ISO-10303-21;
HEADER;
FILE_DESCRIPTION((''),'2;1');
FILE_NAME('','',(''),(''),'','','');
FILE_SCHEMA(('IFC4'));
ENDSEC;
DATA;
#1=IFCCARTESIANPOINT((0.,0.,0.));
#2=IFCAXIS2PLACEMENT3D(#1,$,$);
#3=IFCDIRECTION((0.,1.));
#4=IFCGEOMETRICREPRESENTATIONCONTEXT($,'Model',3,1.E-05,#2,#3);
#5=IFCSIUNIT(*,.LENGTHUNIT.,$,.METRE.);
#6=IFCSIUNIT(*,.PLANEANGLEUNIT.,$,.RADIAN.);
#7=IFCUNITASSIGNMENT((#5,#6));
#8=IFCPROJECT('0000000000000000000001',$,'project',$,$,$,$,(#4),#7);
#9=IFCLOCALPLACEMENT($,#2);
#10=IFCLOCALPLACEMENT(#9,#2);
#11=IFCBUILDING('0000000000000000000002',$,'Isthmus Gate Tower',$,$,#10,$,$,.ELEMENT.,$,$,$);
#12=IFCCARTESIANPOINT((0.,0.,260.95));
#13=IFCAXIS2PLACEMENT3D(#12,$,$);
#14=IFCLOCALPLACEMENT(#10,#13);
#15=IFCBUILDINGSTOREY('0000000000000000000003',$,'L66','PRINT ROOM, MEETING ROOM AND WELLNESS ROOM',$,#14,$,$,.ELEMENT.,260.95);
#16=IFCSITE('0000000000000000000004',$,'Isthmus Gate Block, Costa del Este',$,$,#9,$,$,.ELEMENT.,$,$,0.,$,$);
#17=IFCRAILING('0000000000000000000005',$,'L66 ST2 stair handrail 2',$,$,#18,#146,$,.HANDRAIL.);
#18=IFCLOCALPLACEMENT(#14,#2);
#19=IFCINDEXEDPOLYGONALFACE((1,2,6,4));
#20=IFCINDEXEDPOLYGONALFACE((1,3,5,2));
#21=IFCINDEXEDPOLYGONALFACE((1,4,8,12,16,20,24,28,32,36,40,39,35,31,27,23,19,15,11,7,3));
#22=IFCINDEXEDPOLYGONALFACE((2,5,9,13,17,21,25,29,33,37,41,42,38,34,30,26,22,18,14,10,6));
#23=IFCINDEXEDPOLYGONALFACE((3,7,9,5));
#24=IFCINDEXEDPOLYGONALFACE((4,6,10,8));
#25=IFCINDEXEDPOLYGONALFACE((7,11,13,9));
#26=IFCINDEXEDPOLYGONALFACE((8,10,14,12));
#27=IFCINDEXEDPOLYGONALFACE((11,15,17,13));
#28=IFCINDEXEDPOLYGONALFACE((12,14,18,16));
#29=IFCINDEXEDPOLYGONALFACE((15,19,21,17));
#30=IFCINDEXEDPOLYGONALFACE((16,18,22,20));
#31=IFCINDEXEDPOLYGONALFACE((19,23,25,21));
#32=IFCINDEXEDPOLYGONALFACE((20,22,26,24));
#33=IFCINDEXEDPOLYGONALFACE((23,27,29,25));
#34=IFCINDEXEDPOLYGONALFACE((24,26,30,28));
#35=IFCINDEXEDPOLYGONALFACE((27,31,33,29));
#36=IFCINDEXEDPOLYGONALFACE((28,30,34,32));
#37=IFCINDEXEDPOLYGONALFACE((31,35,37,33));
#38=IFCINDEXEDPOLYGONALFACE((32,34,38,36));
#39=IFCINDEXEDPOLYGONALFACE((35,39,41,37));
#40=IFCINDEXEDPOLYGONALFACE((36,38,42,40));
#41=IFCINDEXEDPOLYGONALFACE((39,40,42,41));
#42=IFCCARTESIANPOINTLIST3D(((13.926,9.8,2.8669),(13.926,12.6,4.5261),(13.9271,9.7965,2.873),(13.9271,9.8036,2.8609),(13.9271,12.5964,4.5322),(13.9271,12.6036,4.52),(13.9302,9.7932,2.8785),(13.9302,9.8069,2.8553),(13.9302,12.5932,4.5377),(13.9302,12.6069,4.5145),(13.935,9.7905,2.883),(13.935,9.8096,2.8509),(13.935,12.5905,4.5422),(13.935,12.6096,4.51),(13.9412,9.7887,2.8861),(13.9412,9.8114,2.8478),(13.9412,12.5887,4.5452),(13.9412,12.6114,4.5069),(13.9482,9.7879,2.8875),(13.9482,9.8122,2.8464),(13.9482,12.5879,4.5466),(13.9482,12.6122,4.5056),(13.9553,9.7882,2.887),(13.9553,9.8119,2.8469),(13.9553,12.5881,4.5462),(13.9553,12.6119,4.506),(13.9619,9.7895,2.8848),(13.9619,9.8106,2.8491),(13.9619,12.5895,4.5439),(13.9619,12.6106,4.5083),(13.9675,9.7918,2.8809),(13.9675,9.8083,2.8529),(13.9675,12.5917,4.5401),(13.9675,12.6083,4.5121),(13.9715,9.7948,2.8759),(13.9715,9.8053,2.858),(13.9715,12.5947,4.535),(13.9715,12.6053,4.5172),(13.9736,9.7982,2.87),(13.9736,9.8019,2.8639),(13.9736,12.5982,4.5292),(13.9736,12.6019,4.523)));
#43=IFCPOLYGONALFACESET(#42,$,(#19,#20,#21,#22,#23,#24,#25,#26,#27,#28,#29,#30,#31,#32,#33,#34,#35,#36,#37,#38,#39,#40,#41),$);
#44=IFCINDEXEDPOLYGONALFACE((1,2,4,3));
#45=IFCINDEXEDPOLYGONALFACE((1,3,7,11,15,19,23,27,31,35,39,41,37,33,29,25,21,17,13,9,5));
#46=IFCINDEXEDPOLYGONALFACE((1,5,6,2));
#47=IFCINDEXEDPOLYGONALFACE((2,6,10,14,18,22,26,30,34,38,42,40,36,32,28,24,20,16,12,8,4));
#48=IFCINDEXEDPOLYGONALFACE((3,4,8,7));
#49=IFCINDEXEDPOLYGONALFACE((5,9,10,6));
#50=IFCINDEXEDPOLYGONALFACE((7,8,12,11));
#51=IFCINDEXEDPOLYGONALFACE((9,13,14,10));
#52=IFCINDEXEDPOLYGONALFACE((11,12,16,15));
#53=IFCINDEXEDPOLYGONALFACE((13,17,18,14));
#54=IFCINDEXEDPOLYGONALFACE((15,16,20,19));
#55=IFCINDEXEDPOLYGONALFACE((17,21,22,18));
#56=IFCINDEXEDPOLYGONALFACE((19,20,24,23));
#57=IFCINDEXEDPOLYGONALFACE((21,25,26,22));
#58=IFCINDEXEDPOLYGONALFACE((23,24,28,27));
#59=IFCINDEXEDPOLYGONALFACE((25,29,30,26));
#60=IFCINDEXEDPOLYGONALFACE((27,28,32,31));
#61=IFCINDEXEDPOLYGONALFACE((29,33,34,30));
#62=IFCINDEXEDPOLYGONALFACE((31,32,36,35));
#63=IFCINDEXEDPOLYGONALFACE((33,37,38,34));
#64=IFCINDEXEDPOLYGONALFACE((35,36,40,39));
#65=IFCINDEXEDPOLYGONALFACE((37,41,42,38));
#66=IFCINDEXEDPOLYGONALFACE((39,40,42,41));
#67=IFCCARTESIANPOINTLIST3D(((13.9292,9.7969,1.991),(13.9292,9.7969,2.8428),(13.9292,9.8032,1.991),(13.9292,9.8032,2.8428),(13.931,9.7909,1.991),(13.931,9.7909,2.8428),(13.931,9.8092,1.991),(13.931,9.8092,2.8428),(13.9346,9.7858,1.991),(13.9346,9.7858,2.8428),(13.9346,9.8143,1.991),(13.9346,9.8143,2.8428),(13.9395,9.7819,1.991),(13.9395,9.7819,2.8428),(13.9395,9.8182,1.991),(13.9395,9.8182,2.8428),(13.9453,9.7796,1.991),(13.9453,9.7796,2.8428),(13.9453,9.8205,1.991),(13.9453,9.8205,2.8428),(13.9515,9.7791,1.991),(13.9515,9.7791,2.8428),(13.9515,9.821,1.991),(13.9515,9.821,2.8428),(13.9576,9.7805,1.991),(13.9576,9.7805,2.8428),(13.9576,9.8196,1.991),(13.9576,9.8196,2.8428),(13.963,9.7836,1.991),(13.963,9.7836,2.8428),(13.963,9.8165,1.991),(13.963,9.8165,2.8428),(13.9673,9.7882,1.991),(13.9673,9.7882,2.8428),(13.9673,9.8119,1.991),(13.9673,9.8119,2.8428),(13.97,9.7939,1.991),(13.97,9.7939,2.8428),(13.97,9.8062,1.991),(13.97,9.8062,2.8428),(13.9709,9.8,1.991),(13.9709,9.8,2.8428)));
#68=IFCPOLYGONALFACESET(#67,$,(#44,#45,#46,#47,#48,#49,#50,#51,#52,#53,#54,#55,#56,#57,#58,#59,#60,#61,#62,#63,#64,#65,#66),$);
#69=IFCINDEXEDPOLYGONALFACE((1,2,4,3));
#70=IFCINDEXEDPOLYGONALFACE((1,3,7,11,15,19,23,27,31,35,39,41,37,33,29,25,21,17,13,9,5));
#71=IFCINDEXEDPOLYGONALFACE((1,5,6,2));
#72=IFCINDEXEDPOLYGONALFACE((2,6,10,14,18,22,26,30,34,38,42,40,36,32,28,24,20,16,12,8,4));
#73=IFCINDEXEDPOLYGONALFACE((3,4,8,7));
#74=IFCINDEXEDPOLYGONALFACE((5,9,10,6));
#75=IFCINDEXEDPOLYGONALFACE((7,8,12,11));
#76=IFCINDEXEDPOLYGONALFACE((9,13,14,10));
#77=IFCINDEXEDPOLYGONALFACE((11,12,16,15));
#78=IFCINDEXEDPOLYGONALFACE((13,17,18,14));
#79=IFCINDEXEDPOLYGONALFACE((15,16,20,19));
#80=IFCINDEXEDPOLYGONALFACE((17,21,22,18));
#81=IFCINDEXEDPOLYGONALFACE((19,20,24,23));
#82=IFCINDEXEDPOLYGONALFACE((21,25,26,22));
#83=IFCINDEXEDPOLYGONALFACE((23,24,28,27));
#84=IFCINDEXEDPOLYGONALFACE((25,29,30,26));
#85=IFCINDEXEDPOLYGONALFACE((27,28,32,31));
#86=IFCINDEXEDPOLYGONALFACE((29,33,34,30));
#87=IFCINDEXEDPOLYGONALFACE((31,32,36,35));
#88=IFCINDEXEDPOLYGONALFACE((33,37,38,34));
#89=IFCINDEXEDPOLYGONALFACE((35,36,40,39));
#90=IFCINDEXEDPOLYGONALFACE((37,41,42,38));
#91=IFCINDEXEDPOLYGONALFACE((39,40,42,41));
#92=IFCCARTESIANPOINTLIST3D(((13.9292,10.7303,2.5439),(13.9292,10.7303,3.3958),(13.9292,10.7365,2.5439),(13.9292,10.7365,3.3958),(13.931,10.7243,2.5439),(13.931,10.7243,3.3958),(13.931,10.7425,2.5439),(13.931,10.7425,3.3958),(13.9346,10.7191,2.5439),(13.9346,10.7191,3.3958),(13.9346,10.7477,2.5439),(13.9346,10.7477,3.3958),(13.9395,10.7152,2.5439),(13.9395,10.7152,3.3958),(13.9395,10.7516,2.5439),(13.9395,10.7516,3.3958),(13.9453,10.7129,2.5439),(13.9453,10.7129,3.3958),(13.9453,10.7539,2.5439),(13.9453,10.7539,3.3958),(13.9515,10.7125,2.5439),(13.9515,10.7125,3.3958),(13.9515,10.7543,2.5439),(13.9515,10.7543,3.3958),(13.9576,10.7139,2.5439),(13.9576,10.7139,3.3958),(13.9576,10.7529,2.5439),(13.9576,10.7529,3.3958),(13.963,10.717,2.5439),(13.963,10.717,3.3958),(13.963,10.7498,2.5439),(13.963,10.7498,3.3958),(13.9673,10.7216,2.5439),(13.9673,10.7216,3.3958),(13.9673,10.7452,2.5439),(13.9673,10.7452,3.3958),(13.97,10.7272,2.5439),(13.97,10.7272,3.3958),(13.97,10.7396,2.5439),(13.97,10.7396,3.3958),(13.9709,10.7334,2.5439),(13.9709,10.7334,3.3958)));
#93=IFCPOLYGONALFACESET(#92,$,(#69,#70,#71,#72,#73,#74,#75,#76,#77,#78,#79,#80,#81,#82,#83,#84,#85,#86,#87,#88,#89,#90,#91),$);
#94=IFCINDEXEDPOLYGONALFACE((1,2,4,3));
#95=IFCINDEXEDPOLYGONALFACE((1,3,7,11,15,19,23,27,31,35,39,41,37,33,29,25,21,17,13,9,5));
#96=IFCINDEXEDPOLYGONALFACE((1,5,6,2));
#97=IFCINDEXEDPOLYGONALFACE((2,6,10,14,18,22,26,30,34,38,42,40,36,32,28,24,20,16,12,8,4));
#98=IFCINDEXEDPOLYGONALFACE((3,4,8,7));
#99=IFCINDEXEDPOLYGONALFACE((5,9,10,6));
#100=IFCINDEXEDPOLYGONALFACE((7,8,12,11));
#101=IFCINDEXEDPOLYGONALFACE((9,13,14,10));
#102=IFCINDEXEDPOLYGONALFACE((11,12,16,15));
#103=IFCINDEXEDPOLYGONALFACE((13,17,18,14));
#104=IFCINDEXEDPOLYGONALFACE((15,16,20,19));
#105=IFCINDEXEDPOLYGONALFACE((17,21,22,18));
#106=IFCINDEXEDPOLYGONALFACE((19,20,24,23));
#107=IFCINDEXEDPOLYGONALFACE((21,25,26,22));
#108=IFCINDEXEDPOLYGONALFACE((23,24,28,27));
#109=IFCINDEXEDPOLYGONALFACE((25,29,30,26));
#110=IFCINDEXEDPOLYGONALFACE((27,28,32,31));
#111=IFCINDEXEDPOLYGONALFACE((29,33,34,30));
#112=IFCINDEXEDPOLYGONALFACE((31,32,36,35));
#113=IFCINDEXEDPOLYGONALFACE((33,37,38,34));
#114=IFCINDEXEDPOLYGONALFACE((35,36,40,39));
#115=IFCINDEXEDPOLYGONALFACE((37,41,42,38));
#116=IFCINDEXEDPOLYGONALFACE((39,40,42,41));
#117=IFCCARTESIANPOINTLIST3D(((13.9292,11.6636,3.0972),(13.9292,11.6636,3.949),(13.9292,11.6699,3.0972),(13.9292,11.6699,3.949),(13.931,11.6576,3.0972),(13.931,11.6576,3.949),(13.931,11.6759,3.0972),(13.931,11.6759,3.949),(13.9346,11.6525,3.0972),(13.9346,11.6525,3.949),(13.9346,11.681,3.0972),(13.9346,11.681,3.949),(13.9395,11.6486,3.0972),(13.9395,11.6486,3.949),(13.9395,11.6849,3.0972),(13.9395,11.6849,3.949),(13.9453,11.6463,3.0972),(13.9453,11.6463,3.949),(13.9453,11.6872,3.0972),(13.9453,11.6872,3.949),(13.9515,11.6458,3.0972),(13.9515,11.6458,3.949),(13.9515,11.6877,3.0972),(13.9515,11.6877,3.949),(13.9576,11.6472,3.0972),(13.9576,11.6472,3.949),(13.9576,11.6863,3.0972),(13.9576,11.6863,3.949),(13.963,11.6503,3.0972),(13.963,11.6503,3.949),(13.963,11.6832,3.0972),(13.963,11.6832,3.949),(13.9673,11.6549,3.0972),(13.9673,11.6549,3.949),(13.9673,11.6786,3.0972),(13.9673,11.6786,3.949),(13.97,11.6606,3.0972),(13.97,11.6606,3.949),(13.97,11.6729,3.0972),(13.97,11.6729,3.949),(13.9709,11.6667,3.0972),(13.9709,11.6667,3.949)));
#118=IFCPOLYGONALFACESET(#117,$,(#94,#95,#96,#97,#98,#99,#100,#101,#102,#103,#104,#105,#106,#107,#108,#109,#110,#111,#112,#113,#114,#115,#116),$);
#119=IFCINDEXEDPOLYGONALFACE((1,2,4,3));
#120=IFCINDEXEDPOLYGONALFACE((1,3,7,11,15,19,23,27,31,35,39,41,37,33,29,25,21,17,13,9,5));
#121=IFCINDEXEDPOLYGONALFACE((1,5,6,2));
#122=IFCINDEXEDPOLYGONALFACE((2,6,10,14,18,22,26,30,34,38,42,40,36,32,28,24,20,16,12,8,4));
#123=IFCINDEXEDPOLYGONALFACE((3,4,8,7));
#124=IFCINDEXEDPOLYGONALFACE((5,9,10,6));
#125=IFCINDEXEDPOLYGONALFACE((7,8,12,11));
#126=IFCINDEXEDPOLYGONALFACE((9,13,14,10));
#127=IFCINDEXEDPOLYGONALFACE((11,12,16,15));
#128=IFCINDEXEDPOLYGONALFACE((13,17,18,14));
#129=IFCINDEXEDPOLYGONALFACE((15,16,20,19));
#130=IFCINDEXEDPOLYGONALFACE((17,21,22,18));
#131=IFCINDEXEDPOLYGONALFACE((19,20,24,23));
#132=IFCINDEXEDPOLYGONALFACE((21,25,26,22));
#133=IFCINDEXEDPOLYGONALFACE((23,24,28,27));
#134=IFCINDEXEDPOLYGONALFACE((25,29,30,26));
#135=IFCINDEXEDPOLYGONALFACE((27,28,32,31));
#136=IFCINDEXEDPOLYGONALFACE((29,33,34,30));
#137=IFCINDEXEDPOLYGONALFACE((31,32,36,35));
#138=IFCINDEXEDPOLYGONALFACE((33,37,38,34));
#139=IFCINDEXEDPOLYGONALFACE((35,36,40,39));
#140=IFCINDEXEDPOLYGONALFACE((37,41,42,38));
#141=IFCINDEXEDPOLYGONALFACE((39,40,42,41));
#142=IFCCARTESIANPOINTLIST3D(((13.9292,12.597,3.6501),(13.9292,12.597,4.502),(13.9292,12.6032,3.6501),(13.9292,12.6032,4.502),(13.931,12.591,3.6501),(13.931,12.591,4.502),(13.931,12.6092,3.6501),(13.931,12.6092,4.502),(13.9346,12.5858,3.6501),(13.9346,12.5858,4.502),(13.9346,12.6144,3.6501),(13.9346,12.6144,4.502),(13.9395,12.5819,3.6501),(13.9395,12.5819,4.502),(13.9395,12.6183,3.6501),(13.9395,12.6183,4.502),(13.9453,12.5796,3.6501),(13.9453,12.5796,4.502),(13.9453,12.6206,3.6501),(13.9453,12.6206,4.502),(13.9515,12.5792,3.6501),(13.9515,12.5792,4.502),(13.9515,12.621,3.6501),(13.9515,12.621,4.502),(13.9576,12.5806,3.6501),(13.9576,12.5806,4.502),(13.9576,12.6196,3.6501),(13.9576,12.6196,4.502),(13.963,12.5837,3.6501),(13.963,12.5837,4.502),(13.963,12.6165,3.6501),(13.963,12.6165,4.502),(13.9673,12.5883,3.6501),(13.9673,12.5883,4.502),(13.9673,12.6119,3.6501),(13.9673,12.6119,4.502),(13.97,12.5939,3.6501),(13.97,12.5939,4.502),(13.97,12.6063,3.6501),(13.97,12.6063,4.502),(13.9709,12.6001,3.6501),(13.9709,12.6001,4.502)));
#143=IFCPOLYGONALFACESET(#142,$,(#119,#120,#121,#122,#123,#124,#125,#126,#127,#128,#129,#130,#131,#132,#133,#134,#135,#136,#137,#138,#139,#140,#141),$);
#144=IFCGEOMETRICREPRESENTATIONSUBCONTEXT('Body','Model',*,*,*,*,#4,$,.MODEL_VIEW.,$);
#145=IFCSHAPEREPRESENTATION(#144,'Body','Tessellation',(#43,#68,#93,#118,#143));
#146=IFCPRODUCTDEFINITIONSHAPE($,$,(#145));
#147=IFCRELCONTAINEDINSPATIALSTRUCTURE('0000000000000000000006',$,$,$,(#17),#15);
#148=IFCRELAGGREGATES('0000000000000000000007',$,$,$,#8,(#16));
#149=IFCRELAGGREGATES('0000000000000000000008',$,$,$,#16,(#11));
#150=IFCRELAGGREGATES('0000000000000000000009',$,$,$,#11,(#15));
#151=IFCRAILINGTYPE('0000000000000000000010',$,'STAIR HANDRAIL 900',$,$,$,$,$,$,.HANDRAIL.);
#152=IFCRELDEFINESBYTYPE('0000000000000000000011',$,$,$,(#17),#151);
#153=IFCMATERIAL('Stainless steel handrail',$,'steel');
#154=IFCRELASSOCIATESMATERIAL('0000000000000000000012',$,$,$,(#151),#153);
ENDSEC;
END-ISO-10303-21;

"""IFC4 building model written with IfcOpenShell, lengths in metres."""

from ifc_helpers import new_model, si_unit, direction, frame, origin, origin_2d, place, context, subcontext, project, spatial, circle, extrude, material, type_object, element, save


model = new_model("IFC4")

# Units and contexts
model_context = context("Model", 3, precision=1e-05, world=origin(), true_north=direction((0.0, 1.0)))
body_context = subcontext(model_context, "Body", "Model", "MODEL_VIEW")
ifc_project = project(units=[si_unit("LENGTHUNIT", "METRE"), si_unit("PLANEANGLEUNIT", "RADIAN")], contexts=[model_context])

# Site, building, storey
site_placement = place(None, origin())
site = spatial("IfcSite", under=ifc_project, at=site_placement, Name="Isthmus Gate Block, Costa del Este", CompositionType="ELEMENT", RefElevation=0.0)
building_placement = place(site_placement, origin())
building = spatial("IfcBuilding", under=site, at=building_placement, Name="Isthmus Gate Tower", CompositionType="ELEMENT")
storey_placement = place(building_placement, frame((0.0, 0.0, 260.95)))
storey = spatial("IfcBuildingStorey", under=building, at=storey_placement, Name="L66", Description="PRINT ROOM, MEETING ROOM AND WELLNESS ROOM", CompositionType="ELEMENT", Elevation=260.95)

# Railing
ifc_material_1 = material(Name="Stainless steel handrail", Category="steel")
railing_type_1 = type_object("IfcRailingType", Name="STAIR HANDRAIL 900", PredefinedType="HANDRAIL", material=ifc_material_1)
railing_1_placement = place(storey_placement, frame((13.95, 9.8, 1.991)))
element("IfcRailing", 1, at=railing_1_placement, inside=storey, type_object=railing_type_1, Name="L66 ST2 stair handrail 2", PredefinedType="HANDRAIL", context=body_context, shape_type="SweptSolid", body=[
    extrude(circle(Radius=0.0239, at=origin_2d()), frame((0.0, 0.0, 0.876), z_axis=(0.0, 0.860306, 0.509778), x_axis=(-1.0, 0.0, 0.0)), (0.0, 0.0, 1.0), 3.2546),
    extrude(circle(Radius=0.021, at=origin_2d()), origin(), (0.0, 0.0, 1.0), 0.8518),
    extrude(circle(Radius=0.021, at=origin_2d()), frame((0.0, 0.9333, 0.553)), (0.0, 0.0, 1.0), 0.8518),
    extrude(circle(Radius=0.021, at=origin_2d()), frame((0.0, 1.8667, 1.1062)), (0.0, 0.0, 1.0), 0.8518),
    extrude(circle(Radius=0.021, at=origin_2d()), frame((0.0, 2.8, 1.6592)), (0.0, 0.0, 1.0), 0.8518),
])

save(model, "model.ifc")
